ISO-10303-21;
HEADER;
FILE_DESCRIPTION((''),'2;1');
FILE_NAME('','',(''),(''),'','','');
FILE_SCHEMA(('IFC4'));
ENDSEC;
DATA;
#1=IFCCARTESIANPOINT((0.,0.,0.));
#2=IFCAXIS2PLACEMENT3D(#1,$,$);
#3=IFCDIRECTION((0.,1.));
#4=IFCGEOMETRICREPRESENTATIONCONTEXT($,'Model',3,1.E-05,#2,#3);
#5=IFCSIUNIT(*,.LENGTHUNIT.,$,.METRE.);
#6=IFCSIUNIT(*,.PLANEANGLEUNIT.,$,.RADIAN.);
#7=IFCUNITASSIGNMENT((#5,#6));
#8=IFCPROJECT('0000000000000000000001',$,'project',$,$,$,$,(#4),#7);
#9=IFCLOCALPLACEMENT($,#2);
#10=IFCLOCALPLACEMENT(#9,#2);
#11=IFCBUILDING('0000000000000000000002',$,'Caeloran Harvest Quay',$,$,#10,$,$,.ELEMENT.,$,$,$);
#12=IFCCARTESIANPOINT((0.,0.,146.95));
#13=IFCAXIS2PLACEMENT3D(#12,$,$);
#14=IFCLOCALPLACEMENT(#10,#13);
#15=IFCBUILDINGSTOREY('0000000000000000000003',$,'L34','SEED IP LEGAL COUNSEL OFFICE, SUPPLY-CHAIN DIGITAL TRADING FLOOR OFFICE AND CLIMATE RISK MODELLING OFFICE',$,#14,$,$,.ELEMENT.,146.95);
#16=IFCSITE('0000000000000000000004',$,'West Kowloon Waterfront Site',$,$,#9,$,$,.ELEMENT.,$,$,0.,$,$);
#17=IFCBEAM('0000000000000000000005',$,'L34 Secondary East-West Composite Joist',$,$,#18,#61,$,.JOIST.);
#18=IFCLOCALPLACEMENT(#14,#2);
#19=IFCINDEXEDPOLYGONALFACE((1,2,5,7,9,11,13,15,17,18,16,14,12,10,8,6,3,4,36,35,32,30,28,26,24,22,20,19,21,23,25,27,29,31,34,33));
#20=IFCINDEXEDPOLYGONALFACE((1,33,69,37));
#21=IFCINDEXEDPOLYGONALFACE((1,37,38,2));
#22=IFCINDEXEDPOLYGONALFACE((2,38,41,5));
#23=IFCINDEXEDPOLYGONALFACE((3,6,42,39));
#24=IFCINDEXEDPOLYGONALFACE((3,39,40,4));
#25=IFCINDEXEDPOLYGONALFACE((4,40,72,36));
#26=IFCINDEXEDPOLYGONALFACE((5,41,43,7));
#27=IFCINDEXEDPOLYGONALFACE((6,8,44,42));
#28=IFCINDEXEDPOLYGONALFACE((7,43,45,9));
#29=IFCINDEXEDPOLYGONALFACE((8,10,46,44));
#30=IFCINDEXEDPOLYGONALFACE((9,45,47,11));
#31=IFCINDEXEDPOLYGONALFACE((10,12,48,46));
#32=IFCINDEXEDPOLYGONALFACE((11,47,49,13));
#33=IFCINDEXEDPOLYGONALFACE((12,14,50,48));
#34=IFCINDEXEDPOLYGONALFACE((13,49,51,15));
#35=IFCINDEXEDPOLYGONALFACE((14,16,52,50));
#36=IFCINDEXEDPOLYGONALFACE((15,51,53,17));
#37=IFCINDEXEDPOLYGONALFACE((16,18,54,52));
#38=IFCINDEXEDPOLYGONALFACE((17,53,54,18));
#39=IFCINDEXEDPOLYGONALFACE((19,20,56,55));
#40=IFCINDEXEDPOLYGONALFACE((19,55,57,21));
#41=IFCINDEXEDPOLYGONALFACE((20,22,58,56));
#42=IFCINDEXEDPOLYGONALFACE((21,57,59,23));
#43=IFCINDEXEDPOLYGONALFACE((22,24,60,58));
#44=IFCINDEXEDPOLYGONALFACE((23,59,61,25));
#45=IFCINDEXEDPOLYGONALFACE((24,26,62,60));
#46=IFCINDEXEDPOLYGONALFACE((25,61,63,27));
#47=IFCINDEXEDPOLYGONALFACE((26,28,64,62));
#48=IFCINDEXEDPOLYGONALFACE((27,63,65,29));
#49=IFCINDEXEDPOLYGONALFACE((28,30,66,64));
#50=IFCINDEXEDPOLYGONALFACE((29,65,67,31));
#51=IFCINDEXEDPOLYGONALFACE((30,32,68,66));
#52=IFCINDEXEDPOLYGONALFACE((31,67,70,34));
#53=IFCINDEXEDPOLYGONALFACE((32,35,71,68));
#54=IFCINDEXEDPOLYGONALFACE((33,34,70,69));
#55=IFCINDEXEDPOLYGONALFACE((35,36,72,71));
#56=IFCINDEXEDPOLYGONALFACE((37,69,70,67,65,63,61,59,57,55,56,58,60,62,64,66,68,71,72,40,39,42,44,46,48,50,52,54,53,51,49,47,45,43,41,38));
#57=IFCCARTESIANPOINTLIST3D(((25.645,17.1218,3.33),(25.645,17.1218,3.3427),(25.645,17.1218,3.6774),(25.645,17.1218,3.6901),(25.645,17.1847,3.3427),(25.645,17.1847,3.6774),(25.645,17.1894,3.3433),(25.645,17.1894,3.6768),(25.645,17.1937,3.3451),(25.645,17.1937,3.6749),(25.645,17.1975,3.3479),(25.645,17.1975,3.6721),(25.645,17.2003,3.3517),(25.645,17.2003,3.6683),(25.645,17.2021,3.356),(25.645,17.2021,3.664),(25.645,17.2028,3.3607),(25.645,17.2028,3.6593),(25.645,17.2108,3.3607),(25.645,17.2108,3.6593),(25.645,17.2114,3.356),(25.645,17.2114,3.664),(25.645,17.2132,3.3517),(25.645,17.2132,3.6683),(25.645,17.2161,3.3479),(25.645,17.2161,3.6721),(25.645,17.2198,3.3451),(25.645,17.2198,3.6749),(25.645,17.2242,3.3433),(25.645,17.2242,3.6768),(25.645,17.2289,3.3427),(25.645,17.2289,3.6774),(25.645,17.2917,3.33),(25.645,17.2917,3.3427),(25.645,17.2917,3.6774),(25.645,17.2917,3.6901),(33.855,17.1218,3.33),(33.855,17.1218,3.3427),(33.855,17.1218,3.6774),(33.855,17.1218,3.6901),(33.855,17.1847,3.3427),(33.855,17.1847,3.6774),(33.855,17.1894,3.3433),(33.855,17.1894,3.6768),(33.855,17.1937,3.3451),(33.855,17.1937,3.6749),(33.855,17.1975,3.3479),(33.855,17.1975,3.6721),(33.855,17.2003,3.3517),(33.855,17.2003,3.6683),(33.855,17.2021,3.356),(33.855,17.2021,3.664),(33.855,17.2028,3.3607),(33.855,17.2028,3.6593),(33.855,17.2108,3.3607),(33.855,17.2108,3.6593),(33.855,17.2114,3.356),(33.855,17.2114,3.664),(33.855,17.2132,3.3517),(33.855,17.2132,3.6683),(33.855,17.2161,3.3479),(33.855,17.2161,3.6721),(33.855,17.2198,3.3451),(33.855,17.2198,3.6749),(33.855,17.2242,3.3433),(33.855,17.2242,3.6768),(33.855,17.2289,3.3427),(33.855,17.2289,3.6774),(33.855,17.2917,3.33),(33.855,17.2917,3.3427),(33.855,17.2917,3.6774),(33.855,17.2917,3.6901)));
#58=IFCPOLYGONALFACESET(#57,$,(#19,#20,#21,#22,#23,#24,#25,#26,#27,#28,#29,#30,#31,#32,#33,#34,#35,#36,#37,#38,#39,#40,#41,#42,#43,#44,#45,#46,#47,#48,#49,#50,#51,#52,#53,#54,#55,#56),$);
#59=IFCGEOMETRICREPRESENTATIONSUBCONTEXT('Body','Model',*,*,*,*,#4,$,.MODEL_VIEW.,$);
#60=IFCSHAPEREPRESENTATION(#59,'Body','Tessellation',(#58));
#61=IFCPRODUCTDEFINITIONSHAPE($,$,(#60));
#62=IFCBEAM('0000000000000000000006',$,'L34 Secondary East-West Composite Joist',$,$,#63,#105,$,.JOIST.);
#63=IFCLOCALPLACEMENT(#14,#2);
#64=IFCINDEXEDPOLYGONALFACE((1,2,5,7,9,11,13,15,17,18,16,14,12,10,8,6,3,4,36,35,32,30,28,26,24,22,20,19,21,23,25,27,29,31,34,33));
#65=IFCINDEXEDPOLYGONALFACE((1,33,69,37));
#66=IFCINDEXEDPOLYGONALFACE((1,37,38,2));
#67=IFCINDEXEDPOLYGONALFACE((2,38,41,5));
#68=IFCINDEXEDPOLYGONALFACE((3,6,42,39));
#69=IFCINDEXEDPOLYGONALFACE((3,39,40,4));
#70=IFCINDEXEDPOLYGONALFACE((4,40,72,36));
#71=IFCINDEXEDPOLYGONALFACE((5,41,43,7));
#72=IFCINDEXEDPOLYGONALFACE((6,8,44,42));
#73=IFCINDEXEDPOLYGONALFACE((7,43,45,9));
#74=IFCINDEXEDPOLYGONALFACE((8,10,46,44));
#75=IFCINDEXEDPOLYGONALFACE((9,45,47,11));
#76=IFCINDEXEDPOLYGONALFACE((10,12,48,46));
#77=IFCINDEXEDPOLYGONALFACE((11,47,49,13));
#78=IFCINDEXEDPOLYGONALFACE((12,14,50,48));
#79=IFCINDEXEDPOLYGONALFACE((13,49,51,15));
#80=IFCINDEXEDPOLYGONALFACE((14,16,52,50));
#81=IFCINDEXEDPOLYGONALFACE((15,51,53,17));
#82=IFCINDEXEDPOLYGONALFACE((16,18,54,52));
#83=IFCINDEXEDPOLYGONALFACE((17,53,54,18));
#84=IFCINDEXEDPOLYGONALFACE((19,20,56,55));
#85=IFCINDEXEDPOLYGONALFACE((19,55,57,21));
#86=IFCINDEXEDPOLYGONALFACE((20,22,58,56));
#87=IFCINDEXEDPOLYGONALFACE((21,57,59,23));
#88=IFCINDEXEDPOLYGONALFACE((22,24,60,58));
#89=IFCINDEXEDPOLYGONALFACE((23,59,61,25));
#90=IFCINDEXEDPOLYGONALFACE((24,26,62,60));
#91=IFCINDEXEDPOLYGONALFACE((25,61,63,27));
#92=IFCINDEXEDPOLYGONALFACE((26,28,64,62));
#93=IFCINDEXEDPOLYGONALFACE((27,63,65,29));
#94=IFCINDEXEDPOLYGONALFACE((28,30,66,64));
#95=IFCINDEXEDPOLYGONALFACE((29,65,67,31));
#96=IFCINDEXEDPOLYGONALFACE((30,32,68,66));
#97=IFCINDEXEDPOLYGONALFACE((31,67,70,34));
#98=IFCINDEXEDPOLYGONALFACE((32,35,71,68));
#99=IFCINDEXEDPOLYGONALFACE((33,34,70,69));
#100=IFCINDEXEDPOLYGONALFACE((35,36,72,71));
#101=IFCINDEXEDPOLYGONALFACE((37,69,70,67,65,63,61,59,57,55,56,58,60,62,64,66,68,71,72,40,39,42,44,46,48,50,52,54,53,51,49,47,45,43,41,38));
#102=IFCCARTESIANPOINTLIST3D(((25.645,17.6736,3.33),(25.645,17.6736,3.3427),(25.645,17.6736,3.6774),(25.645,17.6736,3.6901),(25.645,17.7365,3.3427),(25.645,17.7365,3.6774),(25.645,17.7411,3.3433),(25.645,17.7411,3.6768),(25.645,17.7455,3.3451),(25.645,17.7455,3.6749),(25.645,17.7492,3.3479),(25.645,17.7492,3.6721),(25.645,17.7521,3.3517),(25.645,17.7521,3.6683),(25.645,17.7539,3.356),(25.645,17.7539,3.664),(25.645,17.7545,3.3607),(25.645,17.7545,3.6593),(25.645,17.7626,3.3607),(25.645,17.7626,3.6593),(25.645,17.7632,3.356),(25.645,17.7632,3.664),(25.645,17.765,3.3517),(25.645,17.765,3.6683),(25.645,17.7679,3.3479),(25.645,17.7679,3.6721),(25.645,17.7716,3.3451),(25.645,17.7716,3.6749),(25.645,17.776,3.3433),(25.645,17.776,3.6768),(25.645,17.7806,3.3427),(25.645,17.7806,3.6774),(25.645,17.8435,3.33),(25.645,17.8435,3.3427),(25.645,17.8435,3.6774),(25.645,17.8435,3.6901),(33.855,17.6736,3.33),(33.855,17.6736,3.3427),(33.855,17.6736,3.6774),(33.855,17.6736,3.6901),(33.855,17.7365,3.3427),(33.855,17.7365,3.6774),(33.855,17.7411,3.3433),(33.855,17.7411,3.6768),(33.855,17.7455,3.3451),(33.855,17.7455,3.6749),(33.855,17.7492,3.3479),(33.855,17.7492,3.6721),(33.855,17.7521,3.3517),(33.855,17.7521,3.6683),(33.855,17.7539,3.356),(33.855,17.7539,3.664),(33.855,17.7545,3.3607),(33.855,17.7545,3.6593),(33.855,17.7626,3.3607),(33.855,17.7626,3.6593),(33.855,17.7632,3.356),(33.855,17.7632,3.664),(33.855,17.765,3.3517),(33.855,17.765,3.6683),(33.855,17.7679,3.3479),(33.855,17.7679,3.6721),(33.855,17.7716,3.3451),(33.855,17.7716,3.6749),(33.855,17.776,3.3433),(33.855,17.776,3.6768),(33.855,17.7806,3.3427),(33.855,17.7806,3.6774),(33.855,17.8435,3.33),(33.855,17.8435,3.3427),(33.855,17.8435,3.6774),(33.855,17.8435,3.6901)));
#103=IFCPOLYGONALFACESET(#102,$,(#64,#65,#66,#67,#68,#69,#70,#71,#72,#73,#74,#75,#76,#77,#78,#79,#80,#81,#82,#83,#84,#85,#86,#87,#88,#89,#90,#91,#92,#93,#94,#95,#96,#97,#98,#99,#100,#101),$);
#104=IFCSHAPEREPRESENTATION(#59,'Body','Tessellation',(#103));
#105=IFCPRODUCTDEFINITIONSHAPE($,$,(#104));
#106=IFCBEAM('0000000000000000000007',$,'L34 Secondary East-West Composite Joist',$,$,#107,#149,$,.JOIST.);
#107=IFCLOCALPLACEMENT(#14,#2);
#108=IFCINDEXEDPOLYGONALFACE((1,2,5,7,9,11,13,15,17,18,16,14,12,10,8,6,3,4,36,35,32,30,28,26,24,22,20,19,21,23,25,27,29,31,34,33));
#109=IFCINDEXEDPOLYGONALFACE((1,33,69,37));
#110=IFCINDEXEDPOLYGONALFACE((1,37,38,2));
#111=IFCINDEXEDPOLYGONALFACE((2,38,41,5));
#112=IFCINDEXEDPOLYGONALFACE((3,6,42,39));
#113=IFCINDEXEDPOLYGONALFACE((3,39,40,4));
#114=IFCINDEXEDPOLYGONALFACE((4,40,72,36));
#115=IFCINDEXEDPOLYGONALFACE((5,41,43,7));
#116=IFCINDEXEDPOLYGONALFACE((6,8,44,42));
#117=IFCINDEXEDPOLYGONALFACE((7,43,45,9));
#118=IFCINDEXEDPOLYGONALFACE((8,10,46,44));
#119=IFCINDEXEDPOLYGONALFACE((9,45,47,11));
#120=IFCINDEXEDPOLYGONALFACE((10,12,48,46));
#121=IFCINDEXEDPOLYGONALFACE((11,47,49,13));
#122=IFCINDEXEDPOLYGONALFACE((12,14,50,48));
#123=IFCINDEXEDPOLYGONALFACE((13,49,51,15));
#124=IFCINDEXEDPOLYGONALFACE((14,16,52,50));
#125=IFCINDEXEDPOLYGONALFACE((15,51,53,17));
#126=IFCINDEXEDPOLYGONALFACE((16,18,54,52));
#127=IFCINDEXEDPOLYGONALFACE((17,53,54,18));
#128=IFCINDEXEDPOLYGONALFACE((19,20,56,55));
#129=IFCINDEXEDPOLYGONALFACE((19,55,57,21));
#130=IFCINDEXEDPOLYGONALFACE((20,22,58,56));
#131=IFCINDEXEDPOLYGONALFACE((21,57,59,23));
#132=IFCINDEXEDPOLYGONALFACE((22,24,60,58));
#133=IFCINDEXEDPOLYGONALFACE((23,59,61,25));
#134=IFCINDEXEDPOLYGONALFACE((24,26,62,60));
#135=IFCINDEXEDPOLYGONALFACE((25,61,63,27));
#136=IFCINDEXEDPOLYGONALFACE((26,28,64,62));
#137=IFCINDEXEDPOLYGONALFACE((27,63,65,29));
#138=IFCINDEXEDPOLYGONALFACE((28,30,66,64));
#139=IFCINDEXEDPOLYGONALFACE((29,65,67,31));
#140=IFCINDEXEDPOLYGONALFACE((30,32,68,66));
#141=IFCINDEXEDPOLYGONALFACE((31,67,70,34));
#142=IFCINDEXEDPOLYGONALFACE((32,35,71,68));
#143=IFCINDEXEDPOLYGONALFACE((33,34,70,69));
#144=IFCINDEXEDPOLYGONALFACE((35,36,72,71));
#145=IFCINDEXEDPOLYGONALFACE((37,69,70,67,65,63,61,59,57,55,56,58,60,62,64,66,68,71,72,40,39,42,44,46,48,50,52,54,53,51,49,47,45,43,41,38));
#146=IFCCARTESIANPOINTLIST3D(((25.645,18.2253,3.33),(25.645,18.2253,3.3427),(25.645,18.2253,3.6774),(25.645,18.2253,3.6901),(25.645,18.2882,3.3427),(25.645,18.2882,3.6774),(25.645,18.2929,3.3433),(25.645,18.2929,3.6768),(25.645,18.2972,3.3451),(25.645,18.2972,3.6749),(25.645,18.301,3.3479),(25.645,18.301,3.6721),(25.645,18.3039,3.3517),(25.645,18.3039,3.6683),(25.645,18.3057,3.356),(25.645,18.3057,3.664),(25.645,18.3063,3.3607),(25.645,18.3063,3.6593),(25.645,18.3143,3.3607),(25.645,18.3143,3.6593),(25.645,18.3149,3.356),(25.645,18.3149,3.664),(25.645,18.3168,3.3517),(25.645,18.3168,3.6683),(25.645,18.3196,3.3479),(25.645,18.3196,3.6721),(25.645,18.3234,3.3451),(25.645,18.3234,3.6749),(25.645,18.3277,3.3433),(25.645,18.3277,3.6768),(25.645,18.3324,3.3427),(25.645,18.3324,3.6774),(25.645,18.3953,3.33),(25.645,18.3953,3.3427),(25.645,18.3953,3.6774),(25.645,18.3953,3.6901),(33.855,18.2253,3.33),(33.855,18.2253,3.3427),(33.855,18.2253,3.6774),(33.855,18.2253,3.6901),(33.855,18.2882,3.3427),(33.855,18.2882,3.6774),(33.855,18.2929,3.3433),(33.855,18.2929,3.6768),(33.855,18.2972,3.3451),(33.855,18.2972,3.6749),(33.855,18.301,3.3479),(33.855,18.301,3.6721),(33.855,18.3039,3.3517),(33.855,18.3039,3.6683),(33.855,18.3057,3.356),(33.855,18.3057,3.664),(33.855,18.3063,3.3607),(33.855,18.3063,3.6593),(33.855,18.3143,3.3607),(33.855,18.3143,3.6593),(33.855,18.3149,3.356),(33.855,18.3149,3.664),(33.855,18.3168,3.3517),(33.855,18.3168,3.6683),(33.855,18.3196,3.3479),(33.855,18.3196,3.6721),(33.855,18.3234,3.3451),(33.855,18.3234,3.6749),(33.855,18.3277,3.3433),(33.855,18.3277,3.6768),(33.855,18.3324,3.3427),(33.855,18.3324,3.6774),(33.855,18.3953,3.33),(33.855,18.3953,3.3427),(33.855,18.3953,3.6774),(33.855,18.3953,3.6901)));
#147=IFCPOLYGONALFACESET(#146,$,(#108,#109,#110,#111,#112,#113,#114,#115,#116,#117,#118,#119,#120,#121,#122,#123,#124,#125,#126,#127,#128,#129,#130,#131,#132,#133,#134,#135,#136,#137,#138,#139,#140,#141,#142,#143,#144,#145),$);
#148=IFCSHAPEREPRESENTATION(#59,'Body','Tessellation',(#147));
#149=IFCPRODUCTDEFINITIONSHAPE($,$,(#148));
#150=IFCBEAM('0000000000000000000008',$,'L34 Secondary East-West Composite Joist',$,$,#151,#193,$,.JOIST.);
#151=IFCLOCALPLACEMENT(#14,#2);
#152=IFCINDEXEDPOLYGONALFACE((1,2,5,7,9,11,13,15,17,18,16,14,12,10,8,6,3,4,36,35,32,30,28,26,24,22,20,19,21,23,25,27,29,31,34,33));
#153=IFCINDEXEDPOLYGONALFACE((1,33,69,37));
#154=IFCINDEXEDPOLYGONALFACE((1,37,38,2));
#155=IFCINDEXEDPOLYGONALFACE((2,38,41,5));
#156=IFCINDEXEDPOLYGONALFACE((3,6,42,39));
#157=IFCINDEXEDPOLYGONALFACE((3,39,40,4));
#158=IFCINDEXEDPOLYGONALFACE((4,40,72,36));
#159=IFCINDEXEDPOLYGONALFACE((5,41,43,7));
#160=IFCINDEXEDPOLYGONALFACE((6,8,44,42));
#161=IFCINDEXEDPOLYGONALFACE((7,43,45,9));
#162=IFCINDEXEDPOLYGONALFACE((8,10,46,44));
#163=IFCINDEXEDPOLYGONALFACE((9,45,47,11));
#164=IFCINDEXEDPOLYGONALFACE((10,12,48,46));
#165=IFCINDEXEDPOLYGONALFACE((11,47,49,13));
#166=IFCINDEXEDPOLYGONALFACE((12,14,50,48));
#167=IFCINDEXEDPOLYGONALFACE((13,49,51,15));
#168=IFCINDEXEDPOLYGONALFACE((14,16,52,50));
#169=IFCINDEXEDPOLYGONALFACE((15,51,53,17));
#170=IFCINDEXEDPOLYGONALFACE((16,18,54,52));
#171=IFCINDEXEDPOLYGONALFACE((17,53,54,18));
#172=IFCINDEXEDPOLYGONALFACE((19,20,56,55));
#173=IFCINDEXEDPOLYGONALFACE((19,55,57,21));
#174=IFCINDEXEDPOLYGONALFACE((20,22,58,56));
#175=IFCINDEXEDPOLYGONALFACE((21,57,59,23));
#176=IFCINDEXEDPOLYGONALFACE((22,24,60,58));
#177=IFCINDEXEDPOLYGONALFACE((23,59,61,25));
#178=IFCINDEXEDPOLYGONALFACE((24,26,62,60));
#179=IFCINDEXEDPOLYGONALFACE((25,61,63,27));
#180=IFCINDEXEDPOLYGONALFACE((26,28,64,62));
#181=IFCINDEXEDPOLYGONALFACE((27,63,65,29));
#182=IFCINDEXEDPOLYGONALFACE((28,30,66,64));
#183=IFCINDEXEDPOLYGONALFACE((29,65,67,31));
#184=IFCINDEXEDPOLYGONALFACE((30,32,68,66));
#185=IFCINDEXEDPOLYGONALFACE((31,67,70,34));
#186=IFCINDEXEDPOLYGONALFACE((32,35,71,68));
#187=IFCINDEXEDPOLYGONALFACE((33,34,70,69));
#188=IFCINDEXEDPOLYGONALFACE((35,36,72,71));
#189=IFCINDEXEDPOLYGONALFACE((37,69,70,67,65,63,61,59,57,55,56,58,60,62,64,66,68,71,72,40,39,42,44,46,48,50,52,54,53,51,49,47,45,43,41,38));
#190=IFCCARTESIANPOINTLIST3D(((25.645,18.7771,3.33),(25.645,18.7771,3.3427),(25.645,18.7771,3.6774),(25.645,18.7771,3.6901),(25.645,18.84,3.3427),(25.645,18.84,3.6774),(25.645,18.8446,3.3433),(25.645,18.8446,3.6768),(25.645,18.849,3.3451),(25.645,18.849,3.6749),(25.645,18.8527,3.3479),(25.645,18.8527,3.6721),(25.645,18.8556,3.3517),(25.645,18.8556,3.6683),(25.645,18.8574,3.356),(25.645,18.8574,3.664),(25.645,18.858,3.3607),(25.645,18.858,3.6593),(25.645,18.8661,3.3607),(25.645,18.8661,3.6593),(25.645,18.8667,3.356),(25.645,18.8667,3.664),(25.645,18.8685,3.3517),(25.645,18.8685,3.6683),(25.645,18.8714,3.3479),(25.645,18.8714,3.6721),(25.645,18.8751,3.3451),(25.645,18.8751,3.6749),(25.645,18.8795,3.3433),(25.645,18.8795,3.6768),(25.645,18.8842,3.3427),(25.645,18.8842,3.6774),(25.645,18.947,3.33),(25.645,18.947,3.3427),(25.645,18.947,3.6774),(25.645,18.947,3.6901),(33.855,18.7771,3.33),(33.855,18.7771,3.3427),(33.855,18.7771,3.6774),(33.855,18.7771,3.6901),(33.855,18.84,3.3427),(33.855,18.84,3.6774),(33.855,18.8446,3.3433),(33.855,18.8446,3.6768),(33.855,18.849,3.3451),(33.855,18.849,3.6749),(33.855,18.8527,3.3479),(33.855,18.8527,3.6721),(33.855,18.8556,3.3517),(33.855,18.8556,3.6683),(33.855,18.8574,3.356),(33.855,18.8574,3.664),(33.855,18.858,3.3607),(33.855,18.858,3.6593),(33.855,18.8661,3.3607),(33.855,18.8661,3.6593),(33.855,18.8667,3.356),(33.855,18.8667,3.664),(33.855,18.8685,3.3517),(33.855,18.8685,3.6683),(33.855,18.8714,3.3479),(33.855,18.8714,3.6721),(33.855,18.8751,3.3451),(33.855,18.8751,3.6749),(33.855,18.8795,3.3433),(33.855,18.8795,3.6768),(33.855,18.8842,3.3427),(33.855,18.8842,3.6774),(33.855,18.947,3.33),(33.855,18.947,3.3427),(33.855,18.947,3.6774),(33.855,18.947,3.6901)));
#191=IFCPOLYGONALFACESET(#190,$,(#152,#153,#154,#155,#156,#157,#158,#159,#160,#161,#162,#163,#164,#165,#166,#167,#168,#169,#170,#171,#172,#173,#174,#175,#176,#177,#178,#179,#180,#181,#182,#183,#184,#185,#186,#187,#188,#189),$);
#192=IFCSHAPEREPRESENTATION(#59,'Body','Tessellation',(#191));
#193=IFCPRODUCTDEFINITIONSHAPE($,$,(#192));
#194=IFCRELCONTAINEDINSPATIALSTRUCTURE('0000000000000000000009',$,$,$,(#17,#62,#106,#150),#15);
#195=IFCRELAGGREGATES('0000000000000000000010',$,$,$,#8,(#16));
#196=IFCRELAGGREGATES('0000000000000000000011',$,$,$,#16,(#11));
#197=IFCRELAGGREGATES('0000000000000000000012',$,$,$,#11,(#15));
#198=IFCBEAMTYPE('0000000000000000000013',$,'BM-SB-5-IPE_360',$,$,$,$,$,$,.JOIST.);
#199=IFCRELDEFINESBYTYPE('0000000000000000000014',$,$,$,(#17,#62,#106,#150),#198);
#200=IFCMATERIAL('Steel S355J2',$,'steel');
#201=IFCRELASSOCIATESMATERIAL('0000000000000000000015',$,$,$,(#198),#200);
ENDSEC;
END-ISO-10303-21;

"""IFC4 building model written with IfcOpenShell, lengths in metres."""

from ifc_helpers import new_model, si_unit, direction, frame, origin, origin_2d, place, context, subcontext, project, spatial, i_section, extrude, material, material_profile, profile_set, type_object, element, save


model = new_model("IFC4")

# Units and contexts
model_context = context("Model", 3, precision=1e-05, world=origin(), true_north=direction((0.0, 1.0)))
body_context = subcontext(model_context, "Body", "Model", "MODEL_VIEW")
ifc_project = project(units=[si_unit("LENGTHUNIT", "METRE"), si_unit("PLANEANGLEUNIT", "RADIAN")], contexts=[model_context])

# Site, building, storey
site_placement = place(None, origin())
site = spatial("IfcSite", under=ifc_project, at=site_placement, Name="West Kowloon Waterfront Site", CompositionType="ELEMENT", RefElevation=0.0)
building_placement = place(site_placement, origin())
building = spatial("IfcBuilding", under=site, at=building_placement, Name="Caeloran Harvest Quay", CompositionType="ELEMENT")
storey_placement = place(building_placement, frame((0.0, 0.0, 146.95)))
storey = spatial("IfcBuildingStorey", under=building, at=storey_placement, Name="L34", Description="SEED IP LEGAL COUNSEL OFFICE, SUPPLY-CHAIN DIGITAL TRADING FLOOR OFFICE AND CLIMATE RISK MODELLING OFFICE", CompositionType="ELEMENT", Elevation=146.95)

# Beams
ifc_material_1 = material(Name="Steel S355J2", Category="steel")
ifc_material_profile_1 = material_profile(ifc_material_1, i_section(OverallWidth=0.1699, OverallDepth=0.3601, WebThickness=0.0081, FlangeThickness=0.0127, FilletRadius=0.0181, at=origin_2d()), Name="IPE 360")
ifc_profile_set_1 = profile_set([ifc_material_profile_1], Name="Steel S355J2")
beam_type_1 = type_object("IfcBeamType", Name="BM-SB-5-IPE_360", PredefinedType="JOIST", material=ifc_profile_set_1)
for number, where, z_axis, x_axis, name in (
    (1, (25.645, 17.2068, 3.51), (1.0, 0.0, 0.0), (0.0, 1.0, 0.0), "L34 Secondary East-West Composite Joist"),
    (2, (25.645, 17.7585, 3.51), (1.0, 0.0, 0.0), (0.0, 1.0, 0.0), "L34 Secondary East-West Composite Joist"),
    (3, (25.645, 18.3103, 3.51), (1.0, 0.0, 0.0), (0.0, 1.0, 0.0), "L34 Secondary East-West Composite Joist"),
    (4, (25.645, 18.8621, 3.51), (1.0, 0.0, 0.0), (0.0, 1.0, 0.0), "L34 Secondary East-West Composite Joist"),
):
    element("IfcBeam", number, at=place(storey_placement, frame(where, z_axis=z_axis, x_axis=x_axis)), inside=storey, type_object=beam_type_1, Name=name, PredefinedType="JOIST", context=body_context, shape_type="SweptSolid", body=[
        extrude(i_section(OverallWidth=0.1699, OverallDepth=0.3601, WebThickness=0.0081, FlangeThickness=0.0127, FilletRadius=0.0181, at=origin_2d()), origin(), (0.0, 0.0, 1.0), 8.21),
    ])

save(model, "model.ifc")
